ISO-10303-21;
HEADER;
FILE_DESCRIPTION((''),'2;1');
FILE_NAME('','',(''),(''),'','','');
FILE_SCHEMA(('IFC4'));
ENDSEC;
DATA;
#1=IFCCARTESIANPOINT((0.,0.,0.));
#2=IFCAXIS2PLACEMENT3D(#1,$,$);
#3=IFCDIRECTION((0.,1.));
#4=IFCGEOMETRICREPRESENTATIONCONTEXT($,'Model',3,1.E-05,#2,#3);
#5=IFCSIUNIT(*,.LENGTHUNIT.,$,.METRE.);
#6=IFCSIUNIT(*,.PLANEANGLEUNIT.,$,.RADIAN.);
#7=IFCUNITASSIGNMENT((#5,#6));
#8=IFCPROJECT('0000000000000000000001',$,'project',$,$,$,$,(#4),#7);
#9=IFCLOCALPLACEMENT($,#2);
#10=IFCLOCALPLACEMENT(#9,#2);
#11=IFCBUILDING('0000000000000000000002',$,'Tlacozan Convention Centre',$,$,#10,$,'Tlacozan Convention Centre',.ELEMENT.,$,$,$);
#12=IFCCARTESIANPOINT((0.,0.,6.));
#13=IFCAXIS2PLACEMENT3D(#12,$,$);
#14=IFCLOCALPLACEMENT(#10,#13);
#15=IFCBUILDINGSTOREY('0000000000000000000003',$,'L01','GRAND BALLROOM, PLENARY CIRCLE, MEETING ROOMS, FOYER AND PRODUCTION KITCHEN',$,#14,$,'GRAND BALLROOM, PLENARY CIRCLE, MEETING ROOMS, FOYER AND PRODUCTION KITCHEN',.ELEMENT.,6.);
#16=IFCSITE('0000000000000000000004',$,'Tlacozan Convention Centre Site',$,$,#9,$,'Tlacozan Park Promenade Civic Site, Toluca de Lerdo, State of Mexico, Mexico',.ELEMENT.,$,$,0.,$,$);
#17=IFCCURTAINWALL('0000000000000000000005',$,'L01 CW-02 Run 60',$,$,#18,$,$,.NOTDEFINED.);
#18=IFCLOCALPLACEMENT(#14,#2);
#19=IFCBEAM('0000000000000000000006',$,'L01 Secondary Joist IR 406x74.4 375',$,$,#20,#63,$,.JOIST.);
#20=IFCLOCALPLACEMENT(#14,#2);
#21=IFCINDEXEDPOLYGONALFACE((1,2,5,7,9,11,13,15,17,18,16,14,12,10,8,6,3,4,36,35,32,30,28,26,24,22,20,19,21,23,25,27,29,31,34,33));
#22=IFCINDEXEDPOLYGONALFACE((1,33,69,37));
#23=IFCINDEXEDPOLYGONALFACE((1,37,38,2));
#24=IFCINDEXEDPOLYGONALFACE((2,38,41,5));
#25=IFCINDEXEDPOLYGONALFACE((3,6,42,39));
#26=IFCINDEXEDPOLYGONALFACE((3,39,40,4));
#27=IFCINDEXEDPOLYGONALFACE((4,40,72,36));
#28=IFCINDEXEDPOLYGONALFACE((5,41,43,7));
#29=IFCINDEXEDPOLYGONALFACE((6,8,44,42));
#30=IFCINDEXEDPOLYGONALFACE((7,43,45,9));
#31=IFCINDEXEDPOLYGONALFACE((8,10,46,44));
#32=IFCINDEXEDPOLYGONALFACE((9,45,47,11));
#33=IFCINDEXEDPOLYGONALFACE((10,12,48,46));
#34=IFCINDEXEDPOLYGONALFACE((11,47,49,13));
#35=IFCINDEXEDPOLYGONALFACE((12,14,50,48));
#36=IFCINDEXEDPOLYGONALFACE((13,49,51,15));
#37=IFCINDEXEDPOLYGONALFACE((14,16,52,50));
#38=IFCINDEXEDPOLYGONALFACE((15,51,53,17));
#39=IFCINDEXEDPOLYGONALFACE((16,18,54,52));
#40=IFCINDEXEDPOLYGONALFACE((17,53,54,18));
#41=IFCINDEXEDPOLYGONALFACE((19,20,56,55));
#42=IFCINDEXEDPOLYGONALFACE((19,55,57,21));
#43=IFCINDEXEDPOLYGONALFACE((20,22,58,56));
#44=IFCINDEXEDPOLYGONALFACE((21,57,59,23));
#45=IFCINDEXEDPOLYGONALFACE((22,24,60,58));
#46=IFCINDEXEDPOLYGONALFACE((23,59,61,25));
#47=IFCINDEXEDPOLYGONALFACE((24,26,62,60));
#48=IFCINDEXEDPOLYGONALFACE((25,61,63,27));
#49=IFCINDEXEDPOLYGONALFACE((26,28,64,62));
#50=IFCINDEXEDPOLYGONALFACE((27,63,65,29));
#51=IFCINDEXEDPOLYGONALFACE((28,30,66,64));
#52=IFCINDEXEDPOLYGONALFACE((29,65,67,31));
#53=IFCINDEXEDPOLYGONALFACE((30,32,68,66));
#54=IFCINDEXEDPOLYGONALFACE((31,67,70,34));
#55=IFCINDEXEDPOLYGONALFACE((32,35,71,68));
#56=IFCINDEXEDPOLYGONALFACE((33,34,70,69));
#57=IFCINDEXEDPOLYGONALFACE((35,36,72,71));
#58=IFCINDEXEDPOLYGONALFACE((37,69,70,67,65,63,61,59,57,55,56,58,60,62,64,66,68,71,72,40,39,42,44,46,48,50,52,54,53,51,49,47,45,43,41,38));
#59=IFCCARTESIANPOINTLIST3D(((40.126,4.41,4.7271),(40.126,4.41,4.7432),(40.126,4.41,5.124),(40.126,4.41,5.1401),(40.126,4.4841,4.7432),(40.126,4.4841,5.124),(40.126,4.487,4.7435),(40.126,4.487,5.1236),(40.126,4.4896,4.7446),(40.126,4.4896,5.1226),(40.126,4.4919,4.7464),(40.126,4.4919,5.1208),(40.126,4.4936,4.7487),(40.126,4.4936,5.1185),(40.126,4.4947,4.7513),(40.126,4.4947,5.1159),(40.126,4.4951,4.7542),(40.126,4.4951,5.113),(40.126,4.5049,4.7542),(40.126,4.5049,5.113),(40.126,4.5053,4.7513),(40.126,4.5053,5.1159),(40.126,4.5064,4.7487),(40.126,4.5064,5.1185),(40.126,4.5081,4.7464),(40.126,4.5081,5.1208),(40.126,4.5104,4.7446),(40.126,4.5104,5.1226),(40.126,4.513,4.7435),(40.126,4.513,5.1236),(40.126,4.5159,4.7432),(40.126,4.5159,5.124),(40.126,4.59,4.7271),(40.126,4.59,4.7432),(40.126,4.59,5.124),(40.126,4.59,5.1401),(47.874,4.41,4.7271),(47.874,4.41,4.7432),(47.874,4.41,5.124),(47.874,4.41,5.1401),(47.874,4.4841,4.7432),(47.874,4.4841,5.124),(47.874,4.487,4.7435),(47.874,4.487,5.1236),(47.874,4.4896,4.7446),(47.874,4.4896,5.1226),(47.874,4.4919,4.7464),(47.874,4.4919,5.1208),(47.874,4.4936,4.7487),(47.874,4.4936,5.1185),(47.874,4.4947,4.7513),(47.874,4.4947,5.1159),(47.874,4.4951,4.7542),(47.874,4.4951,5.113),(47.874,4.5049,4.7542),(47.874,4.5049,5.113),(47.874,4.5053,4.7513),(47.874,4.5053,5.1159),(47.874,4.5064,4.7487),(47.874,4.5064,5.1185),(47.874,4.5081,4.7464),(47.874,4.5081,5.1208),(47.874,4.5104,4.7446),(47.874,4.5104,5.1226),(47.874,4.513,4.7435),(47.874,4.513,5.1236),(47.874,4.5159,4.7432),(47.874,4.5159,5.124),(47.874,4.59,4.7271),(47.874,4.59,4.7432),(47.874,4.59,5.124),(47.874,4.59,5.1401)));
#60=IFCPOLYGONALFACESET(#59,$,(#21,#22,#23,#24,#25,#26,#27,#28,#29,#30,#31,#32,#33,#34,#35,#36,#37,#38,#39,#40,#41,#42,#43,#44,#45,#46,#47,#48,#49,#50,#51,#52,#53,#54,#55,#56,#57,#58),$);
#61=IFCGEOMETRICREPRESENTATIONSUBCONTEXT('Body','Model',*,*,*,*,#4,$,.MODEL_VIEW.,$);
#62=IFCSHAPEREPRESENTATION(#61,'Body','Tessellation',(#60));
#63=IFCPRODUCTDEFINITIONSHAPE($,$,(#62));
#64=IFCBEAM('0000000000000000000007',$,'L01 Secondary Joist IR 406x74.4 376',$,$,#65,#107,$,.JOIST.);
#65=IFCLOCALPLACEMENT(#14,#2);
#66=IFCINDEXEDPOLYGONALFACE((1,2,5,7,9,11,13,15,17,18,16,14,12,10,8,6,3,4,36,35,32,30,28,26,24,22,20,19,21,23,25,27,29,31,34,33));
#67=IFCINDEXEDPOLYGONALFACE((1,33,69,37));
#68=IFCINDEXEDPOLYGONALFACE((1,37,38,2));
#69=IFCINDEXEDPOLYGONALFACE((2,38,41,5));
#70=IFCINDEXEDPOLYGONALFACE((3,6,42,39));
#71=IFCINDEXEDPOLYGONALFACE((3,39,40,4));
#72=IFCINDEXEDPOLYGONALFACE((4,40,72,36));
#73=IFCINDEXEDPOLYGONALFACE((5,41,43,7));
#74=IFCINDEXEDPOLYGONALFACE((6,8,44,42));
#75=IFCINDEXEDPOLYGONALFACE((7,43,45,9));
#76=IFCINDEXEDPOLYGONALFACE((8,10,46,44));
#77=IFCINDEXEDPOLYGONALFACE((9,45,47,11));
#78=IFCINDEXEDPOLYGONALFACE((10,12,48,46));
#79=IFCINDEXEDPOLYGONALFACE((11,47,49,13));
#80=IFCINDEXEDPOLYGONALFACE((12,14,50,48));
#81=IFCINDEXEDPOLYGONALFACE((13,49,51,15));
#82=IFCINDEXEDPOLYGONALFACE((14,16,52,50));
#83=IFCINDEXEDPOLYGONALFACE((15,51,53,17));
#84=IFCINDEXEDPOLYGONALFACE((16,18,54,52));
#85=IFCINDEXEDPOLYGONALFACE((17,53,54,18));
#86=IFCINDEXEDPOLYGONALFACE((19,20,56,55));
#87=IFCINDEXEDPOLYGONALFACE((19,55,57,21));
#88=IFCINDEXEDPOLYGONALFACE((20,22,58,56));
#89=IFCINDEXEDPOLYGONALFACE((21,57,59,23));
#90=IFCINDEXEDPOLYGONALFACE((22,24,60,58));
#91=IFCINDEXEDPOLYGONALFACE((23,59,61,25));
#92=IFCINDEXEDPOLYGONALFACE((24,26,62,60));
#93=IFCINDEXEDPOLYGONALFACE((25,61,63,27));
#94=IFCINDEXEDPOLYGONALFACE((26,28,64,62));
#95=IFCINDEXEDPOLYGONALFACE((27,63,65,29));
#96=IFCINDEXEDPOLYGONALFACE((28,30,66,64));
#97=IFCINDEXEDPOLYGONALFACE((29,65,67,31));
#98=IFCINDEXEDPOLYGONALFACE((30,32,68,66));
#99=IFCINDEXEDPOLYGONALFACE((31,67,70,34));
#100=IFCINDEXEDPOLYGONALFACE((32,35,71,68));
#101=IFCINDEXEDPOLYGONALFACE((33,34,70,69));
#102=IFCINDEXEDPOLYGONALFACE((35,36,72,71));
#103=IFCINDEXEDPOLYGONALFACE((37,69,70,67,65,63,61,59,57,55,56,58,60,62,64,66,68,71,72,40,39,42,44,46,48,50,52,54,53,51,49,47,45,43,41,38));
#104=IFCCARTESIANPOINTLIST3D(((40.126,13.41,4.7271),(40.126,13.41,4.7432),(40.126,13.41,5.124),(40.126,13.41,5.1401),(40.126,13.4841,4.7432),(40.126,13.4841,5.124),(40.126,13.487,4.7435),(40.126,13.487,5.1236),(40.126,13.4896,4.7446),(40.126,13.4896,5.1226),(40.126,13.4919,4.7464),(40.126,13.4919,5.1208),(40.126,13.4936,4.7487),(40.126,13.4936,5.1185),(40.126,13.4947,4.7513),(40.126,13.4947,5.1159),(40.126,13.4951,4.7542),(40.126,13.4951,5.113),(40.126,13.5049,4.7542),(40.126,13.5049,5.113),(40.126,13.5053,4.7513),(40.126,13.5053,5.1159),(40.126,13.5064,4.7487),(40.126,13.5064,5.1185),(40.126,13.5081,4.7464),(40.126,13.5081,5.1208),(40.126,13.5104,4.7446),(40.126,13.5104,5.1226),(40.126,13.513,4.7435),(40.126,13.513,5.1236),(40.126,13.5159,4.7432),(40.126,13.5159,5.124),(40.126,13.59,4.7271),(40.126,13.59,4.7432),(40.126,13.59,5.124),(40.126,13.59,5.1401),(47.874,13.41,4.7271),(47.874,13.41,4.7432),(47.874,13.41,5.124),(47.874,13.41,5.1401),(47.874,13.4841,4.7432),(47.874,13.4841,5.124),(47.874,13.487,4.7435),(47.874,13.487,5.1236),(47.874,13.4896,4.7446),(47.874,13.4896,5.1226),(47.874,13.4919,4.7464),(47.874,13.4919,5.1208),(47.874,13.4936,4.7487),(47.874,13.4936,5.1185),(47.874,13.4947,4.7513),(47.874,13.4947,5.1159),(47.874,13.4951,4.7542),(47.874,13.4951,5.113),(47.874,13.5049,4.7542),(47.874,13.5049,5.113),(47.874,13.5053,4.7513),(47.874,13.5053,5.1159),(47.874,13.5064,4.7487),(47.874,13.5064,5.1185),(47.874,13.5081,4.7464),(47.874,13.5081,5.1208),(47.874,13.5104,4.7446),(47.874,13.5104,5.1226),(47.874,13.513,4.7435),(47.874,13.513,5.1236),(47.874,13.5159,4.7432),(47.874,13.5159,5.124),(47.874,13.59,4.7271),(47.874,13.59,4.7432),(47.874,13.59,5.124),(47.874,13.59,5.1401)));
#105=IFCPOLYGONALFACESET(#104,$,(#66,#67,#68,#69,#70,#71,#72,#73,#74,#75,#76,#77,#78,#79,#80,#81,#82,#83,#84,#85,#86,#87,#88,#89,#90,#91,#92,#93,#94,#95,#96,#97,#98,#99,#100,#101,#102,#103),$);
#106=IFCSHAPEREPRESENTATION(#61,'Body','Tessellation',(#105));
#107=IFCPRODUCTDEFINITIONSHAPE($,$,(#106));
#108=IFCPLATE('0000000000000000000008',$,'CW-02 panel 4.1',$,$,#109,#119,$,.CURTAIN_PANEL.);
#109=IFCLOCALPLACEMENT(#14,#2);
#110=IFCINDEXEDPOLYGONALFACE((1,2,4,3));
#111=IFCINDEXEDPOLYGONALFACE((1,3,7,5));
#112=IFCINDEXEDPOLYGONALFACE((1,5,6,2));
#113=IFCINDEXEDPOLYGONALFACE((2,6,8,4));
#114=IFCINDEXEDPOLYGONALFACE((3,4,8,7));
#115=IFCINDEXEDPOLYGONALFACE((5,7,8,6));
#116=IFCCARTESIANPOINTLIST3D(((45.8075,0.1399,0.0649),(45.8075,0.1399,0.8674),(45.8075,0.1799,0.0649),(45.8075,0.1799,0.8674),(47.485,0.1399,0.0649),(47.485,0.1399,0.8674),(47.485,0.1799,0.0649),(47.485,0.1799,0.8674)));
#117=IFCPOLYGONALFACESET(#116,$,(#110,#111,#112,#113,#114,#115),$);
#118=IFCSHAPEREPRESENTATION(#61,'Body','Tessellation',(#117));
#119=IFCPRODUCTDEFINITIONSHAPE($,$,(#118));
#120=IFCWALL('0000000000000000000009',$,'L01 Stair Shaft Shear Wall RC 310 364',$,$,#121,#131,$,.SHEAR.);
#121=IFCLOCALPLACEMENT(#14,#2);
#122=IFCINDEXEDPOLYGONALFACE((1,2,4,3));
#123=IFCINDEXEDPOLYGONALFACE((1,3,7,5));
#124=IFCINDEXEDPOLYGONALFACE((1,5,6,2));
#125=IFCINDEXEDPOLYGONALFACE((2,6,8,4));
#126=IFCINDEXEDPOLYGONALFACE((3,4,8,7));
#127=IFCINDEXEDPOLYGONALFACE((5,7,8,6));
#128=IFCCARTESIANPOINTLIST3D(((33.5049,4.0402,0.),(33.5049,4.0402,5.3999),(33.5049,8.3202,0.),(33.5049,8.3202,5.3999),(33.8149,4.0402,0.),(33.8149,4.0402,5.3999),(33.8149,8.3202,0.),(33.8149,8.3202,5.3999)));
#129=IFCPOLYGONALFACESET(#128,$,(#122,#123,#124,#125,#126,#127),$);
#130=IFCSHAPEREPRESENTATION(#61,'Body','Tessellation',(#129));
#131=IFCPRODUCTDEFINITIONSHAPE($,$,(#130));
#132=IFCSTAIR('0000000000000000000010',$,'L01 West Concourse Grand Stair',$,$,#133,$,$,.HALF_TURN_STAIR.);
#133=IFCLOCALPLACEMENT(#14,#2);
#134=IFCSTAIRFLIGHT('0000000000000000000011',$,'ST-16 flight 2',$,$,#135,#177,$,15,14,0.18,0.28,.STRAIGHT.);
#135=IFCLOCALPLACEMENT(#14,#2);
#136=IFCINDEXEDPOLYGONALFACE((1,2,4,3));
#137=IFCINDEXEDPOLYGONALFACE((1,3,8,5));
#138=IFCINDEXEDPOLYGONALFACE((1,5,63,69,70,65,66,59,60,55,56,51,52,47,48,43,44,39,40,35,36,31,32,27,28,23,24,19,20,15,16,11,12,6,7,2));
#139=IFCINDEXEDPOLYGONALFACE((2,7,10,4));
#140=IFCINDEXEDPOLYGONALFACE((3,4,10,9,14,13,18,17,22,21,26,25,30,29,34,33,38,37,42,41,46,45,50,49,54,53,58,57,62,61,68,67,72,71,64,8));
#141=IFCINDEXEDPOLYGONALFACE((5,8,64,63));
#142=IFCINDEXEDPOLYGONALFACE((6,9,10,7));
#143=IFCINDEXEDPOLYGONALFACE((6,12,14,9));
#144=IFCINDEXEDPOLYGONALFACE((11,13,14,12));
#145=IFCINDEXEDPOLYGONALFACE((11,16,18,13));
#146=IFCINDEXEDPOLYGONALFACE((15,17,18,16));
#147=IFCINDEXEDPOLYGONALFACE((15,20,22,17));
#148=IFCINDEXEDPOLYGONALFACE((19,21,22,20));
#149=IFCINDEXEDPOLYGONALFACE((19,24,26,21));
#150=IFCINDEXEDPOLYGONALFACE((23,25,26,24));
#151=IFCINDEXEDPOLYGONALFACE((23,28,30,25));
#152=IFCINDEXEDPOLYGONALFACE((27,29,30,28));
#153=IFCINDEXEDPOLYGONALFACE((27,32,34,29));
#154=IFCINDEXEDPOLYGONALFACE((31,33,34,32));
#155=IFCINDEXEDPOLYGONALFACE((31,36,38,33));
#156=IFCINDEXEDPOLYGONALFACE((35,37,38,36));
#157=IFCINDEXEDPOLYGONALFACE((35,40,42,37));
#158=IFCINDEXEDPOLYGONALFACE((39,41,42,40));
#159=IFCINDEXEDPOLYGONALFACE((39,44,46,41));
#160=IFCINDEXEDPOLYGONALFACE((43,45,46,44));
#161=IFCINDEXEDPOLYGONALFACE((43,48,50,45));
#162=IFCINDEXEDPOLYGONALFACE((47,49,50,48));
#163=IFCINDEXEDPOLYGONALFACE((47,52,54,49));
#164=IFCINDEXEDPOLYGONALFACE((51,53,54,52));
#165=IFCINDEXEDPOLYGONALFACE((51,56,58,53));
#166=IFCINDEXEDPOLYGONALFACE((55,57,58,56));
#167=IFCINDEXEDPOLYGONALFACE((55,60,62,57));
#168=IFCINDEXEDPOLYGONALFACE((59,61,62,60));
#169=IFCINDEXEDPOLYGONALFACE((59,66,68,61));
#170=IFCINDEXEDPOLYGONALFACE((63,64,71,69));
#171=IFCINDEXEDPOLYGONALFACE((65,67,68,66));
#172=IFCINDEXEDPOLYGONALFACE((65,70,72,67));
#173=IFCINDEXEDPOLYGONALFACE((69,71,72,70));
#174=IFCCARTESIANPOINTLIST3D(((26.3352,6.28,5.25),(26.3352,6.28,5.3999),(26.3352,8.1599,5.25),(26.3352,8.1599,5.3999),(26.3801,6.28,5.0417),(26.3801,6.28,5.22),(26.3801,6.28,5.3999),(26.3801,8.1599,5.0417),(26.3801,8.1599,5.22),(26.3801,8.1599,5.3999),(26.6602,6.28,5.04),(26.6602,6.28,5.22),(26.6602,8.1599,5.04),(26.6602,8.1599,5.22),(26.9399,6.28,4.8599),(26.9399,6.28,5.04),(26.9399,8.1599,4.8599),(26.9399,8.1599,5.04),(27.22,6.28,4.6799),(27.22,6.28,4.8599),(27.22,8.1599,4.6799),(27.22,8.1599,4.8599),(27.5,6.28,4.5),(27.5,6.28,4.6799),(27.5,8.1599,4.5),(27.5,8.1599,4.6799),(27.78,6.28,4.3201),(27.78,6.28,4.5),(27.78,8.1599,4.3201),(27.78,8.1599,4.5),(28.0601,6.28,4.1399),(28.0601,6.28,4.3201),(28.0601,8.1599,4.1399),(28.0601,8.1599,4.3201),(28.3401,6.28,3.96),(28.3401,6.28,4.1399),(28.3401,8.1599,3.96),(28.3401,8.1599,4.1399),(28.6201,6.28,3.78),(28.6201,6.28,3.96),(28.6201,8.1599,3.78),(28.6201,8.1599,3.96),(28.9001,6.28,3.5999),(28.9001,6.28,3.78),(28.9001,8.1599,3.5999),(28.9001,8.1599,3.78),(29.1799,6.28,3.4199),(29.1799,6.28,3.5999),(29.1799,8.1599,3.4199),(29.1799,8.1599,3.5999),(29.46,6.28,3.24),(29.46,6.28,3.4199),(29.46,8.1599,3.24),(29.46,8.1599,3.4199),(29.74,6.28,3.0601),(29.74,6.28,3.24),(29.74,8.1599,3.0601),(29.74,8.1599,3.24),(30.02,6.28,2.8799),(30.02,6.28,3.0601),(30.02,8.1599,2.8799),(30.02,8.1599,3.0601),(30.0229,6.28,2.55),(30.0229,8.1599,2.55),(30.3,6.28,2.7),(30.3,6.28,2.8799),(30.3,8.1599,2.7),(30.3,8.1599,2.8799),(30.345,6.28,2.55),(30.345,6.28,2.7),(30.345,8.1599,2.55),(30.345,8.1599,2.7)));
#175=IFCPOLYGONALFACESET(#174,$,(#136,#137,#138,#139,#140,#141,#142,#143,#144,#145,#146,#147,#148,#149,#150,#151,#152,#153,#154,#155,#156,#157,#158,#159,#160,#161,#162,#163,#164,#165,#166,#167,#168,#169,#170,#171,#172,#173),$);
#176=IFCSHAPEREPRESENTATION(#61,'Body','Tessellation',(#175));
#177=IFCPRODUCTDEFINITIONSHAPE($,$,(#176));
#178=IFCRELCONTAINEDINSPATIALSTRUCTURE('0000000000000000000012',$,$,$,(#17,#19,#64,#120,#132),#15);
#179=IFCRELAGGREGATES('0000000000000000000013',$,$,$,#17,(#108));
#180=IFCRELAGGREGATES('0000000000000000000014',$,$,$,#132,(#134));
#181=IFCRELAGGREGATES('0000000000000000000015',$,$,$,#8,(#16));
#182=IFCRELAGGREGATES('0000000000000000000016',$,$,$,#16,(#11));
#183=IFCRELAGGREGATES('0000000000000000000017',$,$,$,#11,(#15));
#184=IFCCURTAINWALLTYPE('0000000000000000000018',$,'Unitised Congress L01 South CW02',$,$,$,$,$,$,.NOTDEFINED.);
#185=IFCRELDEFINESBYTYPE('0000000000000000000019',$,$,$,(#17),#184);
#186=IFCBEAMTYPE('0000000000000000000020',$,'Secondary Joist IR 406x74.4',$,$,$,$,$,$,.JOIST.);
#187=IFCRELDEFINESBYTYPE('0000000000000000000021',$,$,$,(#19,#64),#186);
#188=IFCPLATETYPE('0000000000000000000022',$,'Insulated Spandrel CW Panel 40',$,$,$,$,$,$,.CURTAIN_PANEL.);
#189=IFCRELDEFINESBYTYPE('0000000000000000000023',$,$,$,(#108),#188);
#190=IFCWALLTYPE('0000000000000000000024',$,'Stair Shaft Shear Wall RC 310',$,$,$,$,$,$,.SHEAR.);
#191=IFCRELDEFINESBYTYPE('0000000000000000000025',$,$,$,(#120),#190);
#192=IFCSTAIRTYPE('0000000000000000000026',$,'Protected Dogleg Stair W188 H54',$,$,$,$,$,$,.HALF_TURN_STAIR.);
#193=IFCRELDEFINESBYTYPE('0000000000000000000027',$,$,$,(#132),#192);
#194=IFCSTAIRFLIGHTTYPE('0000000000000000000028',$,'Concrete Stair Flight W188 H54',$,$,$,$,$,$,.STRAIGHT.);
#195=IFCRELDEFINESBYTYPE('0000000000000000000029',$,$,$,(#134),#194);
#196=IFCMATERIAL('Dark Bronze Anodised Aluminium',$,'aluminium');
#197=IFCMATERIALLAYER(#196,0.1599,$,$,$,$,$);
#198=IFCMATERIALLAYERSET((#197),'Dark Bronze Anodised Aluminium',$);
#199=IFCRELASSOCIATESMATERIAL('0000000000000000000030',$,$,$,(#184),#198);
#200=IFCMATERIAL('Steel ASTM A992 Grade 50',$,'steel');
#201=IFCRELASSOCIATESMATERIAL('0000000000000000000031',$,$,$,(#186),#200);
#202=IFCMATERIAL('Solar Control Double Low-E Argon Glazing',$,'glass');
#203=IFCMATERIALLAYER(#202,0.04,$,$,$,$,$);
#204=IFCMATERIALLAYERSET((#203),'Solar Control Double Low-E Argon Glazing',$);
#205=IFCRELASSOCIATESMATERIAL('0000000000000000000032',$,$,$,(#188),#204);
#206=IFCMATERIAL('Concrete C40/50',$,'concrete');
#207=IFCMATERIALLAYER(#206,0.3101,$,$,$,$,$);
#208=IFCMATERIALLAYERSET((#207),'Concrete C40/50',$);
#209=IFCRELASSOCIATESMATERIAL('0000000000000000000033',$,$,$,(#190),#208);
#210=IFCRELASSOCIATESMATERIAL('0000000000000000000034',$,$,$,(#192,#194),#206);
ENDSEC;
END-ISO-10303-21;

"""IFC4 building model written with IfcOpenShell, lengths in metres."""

from ifc_helpers import new_model, si_unit, direction, frame, frame_2d, origin, origin_2d, place, context, subcontext, project, spatial, polyline, rectangle, i_section, outline, extrude, material, layer, layer_set, material_profile, profile_set, type_object, element, aggregate, save


model = new_model("IFC4")

# Units and contexts
model_context = context("Model", 3, precision=1e-05, world=origin(), true_north=direction((0.0, 1.0)))
body_context = subcontext(model_context, "Body", "Model", "MODEL_VIEW")
ifc_project = project(units=[si_unit("LENGTHUNIT", "METRE"), si_unit("PLANEANGLEUNIT", "RADIAN")], contexts=[model_context])

# Site, building, storey
site_placement = place(None, origin())
site = spatial("IfcSite", under=ifc_project, at=site_placement, Name="Tlacozan Convention Centre Site", LongName="Tlacozan Park Promenade Civic Site, Toluca de Lerdo, State of Mexico, Mexico", CompositionType="ELEMENT", RefElevation=0.0)
building_placement = place(site_placement, origin())
building = spatial("IfcBuilding", under=site, at=building_placement, Name="Tlacozan Convention Centre", LongName="Tlacozan Convention Centre", CompositionType="ELEMENT")
storey_placement = place(building_placement, frame((0.0, 0.0, 6.0)))
storey = spatial("IfcBuildingStorey", under=building, at=storey_placement, Name="L01", Description="GRAND BALLROOM, PLENARY CIRCLE, MEETING ROOMS, FOYER AND PRODUCTION KITCHEN", LongName="GRAND BALLROOM, PLENARY CIRCLE, MEETING ROOMS, FOYER AND PRODUCTION KITCHEN", CompositionType="ELEMENT", Elevation=6.0)

# Shared definitions
ifc_material_1 = material(Name="Concrete C40/50", Category="concrete")

# Curtain wall
ifc_material_2 = material(Name="Dark Bronze Anodised Aluminium", Category="aluminium")
ifc_layer_1 = layer(ifc_material_2, 0.1599)
ifc_layer_set_1 = layer_set([ifc_layer_1], Name="Dark Bronze Anodised Aluminium")
curtain_wall_type = type_object("IfcCurtainWallType", Name="Unitised Congress L01 South CW02", PredefinedType="NOTDEFINED", material=ifc_layer_set_1)
curtain_wall_placement = place(storey_placement, origin())
curtain_wall = element("IfcCurtainWall", 1, at=curtain_wall_placement, inside=storey, type_object=curtain_wall_type, Name="L01 CW-02 Run 60", PredefinedType="NOTDEFINED")

# Beams
ifc_material_3 = material(Name="Steel ASTM A992 Grade 50", Category="steel")
ifc_material_profile_1 = material_profile(ifc_material_3, i_section(OverallWidth=0.1799, OverallDepth=0.4131, WebThickness=0.0098, FlangeThickness=0.0161, FilletRadius=0.011, at=origin_2d()), Name="IR 406x74.4")
ifc_profile_set_1 = profile_set([ifc_material_profile_1], Name="Steel ASTM A992 Grade 50")
beam_type_1 = type_object("IfcBeamType", Name="Secondary Joist IR 406x74.4", PredefinedType="JOIST", material=ifc_profile_set_1)
for number, where, z_axis, x_axis, name in (
    (2, (40.126, 4.5, 4.9336), (1.0, 0.0, 0.0), (0.0, 1.0, 0.0), "L01 Secondary Joist IR 406x74.4 375"),
    (3, (40.126, 13.5, 4.9336), (1.0, 0.0, 0.0), (0.0, 1.0, 0.0), "L01 Secondary Joist IR 406x74.4 376"),
):
    element("IfcBeam", number, at=place(storey_placement, frame(where, z_axis=z_axis, x_axis=x_axis)), inside=storey, type_object=beam_type_1, Name=name, PredefinedType="JOIST", context=body_context, shape_type="SweptSolid", body=[
        extrude(i_section(OverallWidth=0.1799, OverallDepth=0.4131, WebThickness=0.0098, FlangeThickness=0.0161, FilletRadius=0.011, at=origin_2d()), origin(), (0.0, 0.0, 1.0), 7.748),
    ])

# Plate
ifc_material_4 = material(Name="Solar Control Double Low-E Argon Glazing", Category="glass")
ifc_layer_2 = layer(ifc_material_4, 0.04)
ifc_layer_set_2 = layer_set([ifc_layer_2], Name="Solar Control Double Low-E Argon Glazing")
plate_type = type_object("IfcPlateType", Name="Insulated Spandrel CW Panel 40", PredefinedType="CURTAIN_PANEL", material=ifc_layer_set_2)
plate_placement = place(storey_placement, frame((46.6462, 0.1599, 0.0649), z_axis=(0.0, 0.0, 1.0), x_axis=(1.0, 0.0, 0.0)))
plate = element("IfcPlate", 4, at=plate_placement, type_object=plate_type, Name="CW-02 panel 4.1", PredefinedType="CURTAIN_PANEL", context=body_context, shape_type="SweptSolid", body=[
    extrude(rectangle(XDim=1.6775, YDim=0.04, at=origin_2d()), origin(), (0.0, 0.0, 1.0), 0.8025),
])
aggregate(curtain_wall, [plate])

# Wall
ifc_layer_3 = layer(ifc_material_1, 0.3101)
ifc_layer_set_3 = layer_set([ifc_layer_3], Name="Concrete C40/50")
wall_type = type_object("IfcWallType", Name="Stair Shaft Shear Wall RC 310", PredefinedType="SHEAR", material=ifc_layer_set_3)
wall_placement = place(storey_placement, frame((33.6599, 4.04, 0.0), z_axis=(0.0, 0.0, 1.0), x_axis=(0.0, 1.0, 0.0)))
element("IfcWall", 5, at=wall_placement, inside=storey, type_object=wall_type, Name="L01 Stair Shaft Shear Wall RC 310 364", PredefinedType="SHEAR", context=body_context, shape_type="SweptSolid", body=[
    extrude(rectangle(XDim=4.28, YDim=0.3101, at=frame_2d((2.1401, 0.0))), origin(), (0.0, 0.0, 1.0), 5.3999),
])

# Stair, stair flight
stair_type = type_object("IfcStairType", Name="Protected Dogleg Stair W188 H54", PredefinedType="HALF_TURN_STAIR", material=ifc_material_1)
stair_placement = place(storey_placement, origin())
stair = element("IfcStair", 6, at=stair_placement, inside=storey, type_object=stair_type, Name="L01 West Concourse Grand Stair", PredefinedType="HALF_TURN_STAIR")
stair_flight_type = type_object("IfcStairFlightType", Name="Concrete Stair Flight W188 H54", PredefinedType="STRAIGHT", material=ifc_material_1)
stair_flight_placement = place(storey_placement, frame((30.3, 7.22, 2.7), z_axis=(0.0, 0.0, 1.0), x_axis=(-1.0, 0.0, 0.0)))
stair_flight = element("IfcStairFlight", 7, at=stair_flight_placement, type_object=stair_flight_type, Name="ST-16 flight 2", NumberOfRisers=15, NumberOfTreads=14, PredefinedType="STRAIGHT", RiserHeight=0.18, TreadLength=0.28, context=body_context, shape_type="SweptSolid", body=[
    extrude(outline(polyline([(-0.0449, -0.1499), (-0.0449, 0.0), (0.0, 0.0), (0.0, 0.1799), (0.28, 0.1799), (0.28, 0.3601), (0.5601, 0.3601), (0.5601, 0.54), (0.8401, 0.54), (0.8401, 0.72), (1.1201, 0.72), (1.1201, 0.8999), (1.3999, 0.8999), (1.3999, 1.0801), (1.6799, 1.0801), (1.6799, 1.26), (1.96, 1.26), (1.96, 1.4399), (2.24, 1.4399), (2.24, 1.6201), (2.52, 1.6201), (2.52, 1.8), (2.8, 1.8), (2.8, 1.98), (3.0801, 1.98), (3.0801, 2.1599), (3.3601, 2.1599), (3.3601, 2.3401), (3.6399, 2.3401), (3.6399, 2.52), (3.9199, 2.52), (3.9199, 2.7), (3.9648, 2.7), (3.9648, 2.55), (3.9199, 2.3418), (0.2771, -0.1499), (-0.0449, -0.1499)])), frame((0.0, 0.9399, 0.0), z_axis=(0.0, -1.0, 0.0), x_axis=(1.0, 0.0, 0.0)), (0.0, 0.0, 1.0), 1.8799),
])
aggregate(stair, [stair_flight])

save(model, "model.ifc")
